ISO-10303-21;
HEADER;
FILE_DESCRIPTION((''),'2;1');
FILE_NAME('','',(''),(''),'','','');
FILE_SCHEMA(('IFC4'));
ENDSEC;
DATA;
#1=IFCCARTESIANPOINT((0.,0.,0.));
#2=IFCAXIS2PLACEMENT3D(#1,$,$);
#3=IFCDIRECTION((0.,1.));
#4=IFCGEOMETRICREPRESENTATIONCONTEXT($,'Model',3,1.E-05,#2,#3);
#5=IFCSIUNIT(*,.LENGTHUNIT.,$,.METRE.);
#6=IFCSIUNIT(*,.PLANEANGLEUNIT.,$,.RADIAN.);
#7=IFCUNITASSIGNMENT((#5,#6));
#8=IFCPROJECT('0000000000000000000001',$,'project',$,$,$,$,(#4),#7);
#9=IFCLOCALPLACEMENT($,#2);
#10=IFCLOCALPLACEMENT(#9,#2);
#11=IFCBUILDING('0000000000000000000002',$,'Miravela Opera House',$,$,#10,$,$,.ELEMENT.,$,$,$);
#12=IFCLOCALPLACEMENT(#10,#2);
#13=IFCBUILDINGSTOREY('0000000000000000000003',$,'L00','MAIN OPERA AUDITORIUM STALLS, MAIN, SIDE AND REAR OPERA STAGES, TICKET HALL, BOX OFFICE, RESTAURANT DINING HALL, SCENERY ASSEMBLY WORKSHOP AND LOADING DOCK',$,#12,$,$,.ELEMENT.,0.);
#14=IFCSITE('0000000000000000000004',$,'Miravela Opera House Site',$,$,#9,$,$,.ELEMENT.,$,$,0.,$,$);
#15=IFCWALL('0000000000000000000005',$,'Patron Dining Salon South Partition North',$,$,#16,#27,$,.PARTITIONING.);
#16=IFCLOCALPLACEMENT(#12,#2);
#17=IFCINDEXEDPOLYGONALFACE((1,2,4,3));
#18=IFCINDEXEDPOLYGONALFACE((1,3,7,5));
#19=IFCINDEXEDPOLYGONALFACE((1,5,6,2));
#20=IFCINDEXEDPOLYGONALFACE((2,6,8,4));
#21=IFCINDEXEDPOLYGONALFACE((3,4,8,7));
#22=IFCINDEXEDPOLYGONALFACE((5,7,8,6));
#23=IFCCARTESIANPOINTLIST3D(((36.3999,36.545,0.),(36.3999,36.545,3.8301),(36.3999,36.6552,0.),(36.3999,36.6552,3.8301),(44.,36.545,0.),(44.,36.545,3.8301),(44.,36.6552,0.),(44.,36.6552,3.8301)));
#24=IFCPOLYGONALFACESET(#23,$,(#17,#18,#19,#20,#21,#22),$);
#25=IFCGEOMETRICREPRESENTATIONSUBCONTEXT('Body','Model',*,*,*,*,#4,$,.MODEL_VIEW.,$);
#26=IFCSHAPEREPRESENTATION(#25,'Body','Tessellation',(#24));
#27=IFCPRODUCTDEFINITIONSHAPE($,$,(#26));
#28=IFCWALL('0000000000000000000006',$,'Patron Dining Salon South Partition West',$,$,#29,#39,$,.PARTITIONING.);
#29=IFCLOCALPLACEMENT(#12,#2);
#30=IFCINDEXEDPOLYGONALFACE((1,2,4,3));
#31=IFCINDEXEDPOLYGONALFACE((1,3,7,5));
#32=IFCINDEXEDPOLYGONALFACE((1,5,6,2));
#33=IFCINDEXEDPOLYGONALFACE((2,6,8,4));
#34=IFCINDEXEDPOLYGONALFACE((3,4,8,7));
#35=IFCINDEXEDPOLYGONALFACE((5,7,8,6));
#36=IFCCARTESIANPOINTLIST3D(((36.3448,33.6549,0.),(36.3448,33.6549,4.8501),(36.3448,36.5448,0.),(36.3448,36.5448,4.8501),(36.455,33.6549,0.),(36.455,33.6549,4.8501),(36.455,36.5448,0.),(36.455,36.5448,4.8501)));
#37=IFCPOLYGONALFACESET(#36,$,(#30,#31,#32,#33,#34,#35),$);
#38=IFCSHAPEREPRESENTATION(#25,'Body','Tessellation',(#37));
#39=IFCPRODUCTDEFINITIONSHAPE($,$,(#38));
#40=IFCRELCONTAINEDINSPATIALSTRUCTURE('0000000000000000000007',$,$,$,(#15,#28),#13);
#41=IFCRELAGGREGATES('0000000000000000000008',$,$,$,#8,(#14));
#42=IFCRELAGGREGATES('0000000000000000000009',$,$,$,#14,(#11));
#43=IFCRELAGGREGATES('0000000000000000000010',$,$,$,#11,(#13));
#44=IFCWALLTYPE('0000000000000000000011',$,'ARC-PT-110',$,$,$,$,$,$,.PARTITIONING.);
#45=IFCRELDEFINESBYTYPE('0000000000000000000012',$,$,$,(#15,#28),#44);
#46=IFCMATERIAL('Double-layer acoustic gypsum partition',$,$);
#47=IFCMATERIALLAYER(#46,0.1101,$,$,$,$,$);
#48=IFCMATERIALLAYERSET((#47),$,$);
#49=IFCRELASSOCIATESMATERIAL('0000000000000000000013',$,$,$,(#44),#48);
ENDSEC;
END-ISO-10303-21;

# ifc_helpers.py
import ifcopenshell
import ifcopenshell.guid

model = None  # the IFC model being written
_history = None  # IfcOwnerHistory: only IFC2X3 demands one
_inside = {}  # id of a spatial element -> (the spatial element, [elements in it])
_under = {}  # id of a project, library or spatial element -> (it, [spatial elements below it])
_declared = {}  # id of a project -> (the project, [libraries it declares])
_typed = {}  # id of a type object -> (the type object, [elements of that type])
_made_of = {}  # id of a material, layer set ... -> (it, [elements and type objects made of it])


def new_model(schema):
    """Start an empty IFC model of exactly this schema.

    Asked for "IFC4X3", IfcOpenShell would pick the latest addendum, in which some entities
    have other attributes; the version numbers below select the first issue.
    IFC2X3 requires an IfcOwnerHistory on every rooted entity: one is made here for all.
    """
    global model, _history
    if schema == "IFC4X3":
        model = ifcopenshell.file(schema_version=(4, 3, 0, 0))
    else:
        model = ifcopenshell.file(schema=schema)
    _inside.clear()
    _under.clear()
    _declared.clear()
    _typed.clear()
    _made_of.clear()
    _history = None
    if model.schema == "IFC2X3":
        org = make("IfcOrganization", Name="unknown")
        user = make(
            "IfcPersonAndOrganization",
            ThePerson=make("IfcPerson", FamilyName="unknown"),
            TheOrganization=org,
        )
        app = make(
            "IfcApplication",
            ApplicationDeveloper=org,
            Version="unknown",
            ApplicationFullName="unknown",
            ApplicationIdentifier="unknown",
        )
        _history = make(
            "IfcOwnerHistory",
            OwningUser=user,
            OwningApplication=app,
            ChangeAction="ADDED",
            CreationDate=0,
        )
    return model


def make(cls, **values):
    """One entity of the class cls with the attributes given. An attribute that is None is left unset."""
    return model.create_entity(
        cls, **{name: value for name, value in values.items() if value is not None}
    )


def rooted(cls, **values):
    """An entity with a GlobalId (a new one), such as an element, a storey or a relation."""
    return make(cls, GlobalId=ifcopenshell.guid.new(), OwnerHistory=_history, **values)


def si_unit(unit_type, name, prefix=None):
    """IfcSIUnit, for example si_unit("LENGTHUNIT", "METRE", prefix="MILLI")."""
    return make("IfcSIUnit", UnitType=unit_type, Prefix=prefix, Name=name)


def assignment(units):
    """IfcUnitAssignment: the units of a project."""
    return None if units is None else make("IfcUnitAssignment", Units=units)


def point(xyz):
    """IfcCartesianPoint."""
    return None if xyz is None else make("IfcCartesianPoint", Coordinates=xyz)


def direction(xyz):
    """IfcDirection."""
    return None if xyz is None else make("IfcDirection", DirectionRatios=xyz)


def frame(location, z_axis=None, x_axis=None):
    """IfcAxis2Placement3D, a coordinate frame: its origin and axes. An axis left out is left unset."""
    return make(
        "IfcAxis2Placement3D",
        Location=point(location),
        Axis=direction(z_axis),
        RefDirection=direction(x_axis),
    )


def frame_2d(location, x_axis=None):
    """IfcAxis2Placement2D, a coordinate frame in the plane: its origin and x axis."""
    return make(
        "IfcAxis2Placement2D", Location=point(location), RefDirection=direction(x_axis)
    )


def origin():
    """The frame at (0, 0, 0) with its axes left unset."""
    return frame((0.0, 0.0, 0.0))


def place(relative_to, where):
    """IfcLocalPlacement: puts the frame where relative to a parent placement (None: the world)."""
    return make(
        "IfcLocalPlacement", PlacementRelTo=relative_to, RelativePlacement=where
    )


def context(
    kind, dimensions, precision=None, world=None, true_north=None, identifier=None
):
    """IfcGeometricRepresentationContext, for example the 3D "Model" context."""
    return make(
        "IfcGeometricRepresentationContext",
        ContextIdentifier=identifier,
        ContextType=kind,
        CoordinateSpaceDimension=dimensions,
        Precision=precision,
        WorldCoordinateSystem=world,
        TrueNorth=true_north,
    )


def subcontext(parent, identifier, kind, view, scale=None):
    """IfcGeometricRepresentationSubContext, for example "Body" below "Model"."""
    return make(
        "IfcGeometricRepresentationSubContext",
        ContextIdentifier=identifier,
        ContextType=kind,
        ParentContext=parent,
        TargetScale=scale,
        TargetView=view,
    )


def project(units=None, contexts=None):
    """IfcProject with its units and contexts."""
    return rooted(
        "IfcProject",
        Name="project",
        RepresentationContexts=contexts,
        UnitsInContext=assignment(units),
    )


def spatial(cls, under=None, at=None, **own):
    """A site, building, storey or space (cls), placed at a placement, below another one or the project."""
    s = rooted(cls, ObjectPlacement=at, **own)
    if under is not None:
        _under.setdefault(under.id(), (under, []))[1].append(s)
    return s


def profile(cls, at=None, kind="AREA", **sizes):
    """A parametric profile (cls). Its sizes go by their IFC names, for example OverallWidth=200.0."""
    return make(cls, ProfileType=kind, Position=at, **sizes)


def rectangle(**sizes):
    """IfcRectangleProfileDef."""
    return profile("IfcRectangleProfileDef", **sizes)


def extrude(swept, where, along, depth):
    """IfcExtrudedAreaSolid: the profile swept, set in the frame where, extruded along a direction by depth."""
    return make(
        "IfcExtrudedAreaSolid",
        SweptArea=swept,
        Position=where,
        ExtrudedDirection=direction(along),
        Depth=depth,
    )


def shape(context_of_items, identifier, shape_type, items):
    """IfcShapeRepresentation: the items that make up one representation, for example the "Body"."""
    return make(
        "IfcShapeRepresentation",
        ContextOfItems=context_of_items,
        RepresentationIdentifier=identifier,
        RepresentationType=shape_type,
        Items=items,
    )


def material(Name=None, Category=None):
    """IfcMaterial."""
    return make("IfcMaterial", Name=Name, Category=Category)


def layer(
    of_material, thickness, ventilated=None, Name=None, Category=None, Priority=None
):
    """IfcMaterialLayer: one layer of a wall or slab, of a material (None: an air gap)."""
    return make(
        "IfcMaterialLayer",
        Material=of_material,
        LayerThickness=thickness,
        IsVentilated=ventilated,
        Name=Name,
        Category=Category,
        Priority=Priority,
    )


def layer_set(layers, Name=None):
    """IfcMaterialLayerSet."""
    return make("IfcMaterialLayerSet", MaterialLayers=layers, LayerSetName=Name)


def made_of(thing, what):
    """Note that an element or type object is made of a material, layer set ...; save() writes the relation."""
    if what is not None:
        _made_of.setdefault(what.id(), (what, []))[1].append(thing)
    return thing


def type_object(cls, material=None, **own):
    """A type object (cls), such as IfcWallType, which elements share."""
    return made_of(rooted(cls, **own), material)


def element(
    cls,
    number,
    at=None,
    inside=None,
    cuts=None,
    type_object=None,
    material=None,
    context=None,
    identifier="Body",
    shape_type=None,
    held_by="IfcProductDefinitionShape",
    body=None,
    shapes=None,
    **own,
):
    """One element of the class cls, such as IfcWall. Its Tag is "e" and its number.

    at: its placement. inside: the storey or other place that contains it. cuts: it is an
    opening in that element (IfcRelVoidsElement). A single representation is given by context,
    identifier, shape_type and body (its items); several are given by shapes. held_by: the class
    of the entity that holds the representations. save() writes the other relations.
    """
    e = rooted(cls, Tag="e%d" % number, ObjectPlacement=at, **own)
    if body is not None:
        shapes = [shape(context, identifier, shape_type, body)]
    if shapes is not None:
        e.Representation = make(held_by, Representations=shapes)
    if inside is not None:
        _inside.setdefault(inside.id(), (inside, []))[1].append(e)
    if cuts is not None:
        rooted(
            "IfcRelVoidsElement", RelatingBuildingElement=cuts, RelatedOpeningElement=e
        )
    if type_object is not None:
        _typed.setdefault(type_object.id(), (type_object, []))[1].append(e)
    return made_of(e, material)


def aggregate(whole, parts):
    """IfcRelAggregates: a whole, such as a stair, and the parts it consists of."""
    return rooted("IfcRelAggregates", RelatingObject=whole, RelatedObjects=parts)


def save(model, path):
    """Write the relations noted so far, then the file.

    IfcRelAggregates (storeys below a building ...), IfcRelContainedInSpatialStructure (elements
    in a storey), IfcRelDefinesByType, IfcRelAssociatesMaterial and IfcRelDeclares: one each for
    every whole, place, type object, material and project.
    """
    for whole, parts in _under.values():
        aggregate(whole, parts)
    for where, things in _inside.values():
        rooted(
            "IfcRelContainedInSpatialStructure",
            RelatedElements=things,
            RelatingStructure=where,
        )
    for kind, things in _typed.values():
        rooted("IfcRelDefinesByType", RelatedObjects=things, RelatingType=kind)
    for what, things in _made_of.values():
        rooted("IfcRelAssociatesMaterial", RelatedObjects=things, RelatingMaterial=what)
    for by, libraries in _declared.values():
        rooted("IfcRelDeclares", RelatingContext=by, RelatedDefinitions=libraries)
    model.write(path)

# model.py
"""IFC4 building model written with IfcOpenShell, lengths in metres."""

from ifc_helpers import new_model, si_unit, direction, frame, frame_2d, origin, place, context, subcontext, project, spatial, rectangle, extrude, material, layer, layer_set, type_object, element, save


model = new_model("IFC4")

# Units and contexts
model_context = context("Model", 3, precision=1e-05, world=origin(), true_north=direction((0.0, 1.0)))
body_context = subcontext(model_context, "Body", "Model", "MODEL_VIEW")
ifc_project = project(units=[si_unit("LENGTHUNIT", "METRE"), si_unit("PLANEANGLEUNIT", "RADIAN")], contexts=[model_context])

# Site, building, storey
site_placement = place(None, origin())
site = spatial("IfcSite", under=ifc_project, at=site_placement, Name="Miravela Opera House Site", CompositionType="ELEMENT", RefElevation=0.0)
building_placement = place(site_placement, origin())
building = spatial("IfcBuilding", under=site, at=building_placement, Name="Miravela Opera House", CompositionType="ELEMENT")
storey_placement = place(building_placement, origin())
storey = spatial("IfcBuildingStorey", under=building, at=storey_placement, Name="L00", Description="MAIN OPERA AUDITORIUM STALLS, MAIN, SIDE AND REAR OPERA STAGES, TICKET HALL, BOX OFFICE, RESTAURANT DINING HALL, SCENERY ASSEMBLY WORKSHOP AND LOADING DOCK", CompositionType="ELEMENT", Elevation=0.0)

# Shared definitions
ifc_material_1 = material(Name="Double-layer acoustic gypsum partition")
ifc_layer_1 = layer(ifc_material_1, 0.1101)
ifc_layer_set_1 = layer_set([ifc_layer_1])
wall_type = type_object("IfcWallType", Name="ARC-PT-110", PredefinedType="PARTITIONING", material=ifc_layer_set_1)

# Walls
wall_1_placement = place(storey_placement, frame((36.3999, 36.6001, 0.0), z_axis=(0.0, 0.0, 1.0), x_axis=(1.0, 0.0, 0.0)))
element("IfcWall", 1, at=wall_1_placement, inside=storey, type_object=wall_type, Name="Patron Dining Salon South Partition North", PredefinedType="PARTITIONING", context=body_context, shape_type="SweptSolid", body=[
    extrude(rectangle(XDim=7.6001, YDim=0.1101, at=frame_2d((3.8, 0.0))), origin(), (0.0, 0.0, 1.0), 3.8301),
])
wall_2_placement = place(storey_placement, frame((36.3999, 33.655, 0.0), z_axis=(0.0, 0.0, 1.0), x_axis=(0.0, 1.0, 0.0)))
element("IfcWall", 2, at=wall_2_placement, inside=storey, type_object=wall_type, Name="Patron Dining Salon South Partition West", PredefinedType="PARTITIONING", context=body_context, shape_type="SweptSolid", body=[
    extrude(rectangle(XDim=2.8899, YDim=0.1101, at=frame_2d((1.4448, 0.0))), origin(), (0.0, 0.0, 1.0), 4.8501),
])

save(model, "model.ifc")
